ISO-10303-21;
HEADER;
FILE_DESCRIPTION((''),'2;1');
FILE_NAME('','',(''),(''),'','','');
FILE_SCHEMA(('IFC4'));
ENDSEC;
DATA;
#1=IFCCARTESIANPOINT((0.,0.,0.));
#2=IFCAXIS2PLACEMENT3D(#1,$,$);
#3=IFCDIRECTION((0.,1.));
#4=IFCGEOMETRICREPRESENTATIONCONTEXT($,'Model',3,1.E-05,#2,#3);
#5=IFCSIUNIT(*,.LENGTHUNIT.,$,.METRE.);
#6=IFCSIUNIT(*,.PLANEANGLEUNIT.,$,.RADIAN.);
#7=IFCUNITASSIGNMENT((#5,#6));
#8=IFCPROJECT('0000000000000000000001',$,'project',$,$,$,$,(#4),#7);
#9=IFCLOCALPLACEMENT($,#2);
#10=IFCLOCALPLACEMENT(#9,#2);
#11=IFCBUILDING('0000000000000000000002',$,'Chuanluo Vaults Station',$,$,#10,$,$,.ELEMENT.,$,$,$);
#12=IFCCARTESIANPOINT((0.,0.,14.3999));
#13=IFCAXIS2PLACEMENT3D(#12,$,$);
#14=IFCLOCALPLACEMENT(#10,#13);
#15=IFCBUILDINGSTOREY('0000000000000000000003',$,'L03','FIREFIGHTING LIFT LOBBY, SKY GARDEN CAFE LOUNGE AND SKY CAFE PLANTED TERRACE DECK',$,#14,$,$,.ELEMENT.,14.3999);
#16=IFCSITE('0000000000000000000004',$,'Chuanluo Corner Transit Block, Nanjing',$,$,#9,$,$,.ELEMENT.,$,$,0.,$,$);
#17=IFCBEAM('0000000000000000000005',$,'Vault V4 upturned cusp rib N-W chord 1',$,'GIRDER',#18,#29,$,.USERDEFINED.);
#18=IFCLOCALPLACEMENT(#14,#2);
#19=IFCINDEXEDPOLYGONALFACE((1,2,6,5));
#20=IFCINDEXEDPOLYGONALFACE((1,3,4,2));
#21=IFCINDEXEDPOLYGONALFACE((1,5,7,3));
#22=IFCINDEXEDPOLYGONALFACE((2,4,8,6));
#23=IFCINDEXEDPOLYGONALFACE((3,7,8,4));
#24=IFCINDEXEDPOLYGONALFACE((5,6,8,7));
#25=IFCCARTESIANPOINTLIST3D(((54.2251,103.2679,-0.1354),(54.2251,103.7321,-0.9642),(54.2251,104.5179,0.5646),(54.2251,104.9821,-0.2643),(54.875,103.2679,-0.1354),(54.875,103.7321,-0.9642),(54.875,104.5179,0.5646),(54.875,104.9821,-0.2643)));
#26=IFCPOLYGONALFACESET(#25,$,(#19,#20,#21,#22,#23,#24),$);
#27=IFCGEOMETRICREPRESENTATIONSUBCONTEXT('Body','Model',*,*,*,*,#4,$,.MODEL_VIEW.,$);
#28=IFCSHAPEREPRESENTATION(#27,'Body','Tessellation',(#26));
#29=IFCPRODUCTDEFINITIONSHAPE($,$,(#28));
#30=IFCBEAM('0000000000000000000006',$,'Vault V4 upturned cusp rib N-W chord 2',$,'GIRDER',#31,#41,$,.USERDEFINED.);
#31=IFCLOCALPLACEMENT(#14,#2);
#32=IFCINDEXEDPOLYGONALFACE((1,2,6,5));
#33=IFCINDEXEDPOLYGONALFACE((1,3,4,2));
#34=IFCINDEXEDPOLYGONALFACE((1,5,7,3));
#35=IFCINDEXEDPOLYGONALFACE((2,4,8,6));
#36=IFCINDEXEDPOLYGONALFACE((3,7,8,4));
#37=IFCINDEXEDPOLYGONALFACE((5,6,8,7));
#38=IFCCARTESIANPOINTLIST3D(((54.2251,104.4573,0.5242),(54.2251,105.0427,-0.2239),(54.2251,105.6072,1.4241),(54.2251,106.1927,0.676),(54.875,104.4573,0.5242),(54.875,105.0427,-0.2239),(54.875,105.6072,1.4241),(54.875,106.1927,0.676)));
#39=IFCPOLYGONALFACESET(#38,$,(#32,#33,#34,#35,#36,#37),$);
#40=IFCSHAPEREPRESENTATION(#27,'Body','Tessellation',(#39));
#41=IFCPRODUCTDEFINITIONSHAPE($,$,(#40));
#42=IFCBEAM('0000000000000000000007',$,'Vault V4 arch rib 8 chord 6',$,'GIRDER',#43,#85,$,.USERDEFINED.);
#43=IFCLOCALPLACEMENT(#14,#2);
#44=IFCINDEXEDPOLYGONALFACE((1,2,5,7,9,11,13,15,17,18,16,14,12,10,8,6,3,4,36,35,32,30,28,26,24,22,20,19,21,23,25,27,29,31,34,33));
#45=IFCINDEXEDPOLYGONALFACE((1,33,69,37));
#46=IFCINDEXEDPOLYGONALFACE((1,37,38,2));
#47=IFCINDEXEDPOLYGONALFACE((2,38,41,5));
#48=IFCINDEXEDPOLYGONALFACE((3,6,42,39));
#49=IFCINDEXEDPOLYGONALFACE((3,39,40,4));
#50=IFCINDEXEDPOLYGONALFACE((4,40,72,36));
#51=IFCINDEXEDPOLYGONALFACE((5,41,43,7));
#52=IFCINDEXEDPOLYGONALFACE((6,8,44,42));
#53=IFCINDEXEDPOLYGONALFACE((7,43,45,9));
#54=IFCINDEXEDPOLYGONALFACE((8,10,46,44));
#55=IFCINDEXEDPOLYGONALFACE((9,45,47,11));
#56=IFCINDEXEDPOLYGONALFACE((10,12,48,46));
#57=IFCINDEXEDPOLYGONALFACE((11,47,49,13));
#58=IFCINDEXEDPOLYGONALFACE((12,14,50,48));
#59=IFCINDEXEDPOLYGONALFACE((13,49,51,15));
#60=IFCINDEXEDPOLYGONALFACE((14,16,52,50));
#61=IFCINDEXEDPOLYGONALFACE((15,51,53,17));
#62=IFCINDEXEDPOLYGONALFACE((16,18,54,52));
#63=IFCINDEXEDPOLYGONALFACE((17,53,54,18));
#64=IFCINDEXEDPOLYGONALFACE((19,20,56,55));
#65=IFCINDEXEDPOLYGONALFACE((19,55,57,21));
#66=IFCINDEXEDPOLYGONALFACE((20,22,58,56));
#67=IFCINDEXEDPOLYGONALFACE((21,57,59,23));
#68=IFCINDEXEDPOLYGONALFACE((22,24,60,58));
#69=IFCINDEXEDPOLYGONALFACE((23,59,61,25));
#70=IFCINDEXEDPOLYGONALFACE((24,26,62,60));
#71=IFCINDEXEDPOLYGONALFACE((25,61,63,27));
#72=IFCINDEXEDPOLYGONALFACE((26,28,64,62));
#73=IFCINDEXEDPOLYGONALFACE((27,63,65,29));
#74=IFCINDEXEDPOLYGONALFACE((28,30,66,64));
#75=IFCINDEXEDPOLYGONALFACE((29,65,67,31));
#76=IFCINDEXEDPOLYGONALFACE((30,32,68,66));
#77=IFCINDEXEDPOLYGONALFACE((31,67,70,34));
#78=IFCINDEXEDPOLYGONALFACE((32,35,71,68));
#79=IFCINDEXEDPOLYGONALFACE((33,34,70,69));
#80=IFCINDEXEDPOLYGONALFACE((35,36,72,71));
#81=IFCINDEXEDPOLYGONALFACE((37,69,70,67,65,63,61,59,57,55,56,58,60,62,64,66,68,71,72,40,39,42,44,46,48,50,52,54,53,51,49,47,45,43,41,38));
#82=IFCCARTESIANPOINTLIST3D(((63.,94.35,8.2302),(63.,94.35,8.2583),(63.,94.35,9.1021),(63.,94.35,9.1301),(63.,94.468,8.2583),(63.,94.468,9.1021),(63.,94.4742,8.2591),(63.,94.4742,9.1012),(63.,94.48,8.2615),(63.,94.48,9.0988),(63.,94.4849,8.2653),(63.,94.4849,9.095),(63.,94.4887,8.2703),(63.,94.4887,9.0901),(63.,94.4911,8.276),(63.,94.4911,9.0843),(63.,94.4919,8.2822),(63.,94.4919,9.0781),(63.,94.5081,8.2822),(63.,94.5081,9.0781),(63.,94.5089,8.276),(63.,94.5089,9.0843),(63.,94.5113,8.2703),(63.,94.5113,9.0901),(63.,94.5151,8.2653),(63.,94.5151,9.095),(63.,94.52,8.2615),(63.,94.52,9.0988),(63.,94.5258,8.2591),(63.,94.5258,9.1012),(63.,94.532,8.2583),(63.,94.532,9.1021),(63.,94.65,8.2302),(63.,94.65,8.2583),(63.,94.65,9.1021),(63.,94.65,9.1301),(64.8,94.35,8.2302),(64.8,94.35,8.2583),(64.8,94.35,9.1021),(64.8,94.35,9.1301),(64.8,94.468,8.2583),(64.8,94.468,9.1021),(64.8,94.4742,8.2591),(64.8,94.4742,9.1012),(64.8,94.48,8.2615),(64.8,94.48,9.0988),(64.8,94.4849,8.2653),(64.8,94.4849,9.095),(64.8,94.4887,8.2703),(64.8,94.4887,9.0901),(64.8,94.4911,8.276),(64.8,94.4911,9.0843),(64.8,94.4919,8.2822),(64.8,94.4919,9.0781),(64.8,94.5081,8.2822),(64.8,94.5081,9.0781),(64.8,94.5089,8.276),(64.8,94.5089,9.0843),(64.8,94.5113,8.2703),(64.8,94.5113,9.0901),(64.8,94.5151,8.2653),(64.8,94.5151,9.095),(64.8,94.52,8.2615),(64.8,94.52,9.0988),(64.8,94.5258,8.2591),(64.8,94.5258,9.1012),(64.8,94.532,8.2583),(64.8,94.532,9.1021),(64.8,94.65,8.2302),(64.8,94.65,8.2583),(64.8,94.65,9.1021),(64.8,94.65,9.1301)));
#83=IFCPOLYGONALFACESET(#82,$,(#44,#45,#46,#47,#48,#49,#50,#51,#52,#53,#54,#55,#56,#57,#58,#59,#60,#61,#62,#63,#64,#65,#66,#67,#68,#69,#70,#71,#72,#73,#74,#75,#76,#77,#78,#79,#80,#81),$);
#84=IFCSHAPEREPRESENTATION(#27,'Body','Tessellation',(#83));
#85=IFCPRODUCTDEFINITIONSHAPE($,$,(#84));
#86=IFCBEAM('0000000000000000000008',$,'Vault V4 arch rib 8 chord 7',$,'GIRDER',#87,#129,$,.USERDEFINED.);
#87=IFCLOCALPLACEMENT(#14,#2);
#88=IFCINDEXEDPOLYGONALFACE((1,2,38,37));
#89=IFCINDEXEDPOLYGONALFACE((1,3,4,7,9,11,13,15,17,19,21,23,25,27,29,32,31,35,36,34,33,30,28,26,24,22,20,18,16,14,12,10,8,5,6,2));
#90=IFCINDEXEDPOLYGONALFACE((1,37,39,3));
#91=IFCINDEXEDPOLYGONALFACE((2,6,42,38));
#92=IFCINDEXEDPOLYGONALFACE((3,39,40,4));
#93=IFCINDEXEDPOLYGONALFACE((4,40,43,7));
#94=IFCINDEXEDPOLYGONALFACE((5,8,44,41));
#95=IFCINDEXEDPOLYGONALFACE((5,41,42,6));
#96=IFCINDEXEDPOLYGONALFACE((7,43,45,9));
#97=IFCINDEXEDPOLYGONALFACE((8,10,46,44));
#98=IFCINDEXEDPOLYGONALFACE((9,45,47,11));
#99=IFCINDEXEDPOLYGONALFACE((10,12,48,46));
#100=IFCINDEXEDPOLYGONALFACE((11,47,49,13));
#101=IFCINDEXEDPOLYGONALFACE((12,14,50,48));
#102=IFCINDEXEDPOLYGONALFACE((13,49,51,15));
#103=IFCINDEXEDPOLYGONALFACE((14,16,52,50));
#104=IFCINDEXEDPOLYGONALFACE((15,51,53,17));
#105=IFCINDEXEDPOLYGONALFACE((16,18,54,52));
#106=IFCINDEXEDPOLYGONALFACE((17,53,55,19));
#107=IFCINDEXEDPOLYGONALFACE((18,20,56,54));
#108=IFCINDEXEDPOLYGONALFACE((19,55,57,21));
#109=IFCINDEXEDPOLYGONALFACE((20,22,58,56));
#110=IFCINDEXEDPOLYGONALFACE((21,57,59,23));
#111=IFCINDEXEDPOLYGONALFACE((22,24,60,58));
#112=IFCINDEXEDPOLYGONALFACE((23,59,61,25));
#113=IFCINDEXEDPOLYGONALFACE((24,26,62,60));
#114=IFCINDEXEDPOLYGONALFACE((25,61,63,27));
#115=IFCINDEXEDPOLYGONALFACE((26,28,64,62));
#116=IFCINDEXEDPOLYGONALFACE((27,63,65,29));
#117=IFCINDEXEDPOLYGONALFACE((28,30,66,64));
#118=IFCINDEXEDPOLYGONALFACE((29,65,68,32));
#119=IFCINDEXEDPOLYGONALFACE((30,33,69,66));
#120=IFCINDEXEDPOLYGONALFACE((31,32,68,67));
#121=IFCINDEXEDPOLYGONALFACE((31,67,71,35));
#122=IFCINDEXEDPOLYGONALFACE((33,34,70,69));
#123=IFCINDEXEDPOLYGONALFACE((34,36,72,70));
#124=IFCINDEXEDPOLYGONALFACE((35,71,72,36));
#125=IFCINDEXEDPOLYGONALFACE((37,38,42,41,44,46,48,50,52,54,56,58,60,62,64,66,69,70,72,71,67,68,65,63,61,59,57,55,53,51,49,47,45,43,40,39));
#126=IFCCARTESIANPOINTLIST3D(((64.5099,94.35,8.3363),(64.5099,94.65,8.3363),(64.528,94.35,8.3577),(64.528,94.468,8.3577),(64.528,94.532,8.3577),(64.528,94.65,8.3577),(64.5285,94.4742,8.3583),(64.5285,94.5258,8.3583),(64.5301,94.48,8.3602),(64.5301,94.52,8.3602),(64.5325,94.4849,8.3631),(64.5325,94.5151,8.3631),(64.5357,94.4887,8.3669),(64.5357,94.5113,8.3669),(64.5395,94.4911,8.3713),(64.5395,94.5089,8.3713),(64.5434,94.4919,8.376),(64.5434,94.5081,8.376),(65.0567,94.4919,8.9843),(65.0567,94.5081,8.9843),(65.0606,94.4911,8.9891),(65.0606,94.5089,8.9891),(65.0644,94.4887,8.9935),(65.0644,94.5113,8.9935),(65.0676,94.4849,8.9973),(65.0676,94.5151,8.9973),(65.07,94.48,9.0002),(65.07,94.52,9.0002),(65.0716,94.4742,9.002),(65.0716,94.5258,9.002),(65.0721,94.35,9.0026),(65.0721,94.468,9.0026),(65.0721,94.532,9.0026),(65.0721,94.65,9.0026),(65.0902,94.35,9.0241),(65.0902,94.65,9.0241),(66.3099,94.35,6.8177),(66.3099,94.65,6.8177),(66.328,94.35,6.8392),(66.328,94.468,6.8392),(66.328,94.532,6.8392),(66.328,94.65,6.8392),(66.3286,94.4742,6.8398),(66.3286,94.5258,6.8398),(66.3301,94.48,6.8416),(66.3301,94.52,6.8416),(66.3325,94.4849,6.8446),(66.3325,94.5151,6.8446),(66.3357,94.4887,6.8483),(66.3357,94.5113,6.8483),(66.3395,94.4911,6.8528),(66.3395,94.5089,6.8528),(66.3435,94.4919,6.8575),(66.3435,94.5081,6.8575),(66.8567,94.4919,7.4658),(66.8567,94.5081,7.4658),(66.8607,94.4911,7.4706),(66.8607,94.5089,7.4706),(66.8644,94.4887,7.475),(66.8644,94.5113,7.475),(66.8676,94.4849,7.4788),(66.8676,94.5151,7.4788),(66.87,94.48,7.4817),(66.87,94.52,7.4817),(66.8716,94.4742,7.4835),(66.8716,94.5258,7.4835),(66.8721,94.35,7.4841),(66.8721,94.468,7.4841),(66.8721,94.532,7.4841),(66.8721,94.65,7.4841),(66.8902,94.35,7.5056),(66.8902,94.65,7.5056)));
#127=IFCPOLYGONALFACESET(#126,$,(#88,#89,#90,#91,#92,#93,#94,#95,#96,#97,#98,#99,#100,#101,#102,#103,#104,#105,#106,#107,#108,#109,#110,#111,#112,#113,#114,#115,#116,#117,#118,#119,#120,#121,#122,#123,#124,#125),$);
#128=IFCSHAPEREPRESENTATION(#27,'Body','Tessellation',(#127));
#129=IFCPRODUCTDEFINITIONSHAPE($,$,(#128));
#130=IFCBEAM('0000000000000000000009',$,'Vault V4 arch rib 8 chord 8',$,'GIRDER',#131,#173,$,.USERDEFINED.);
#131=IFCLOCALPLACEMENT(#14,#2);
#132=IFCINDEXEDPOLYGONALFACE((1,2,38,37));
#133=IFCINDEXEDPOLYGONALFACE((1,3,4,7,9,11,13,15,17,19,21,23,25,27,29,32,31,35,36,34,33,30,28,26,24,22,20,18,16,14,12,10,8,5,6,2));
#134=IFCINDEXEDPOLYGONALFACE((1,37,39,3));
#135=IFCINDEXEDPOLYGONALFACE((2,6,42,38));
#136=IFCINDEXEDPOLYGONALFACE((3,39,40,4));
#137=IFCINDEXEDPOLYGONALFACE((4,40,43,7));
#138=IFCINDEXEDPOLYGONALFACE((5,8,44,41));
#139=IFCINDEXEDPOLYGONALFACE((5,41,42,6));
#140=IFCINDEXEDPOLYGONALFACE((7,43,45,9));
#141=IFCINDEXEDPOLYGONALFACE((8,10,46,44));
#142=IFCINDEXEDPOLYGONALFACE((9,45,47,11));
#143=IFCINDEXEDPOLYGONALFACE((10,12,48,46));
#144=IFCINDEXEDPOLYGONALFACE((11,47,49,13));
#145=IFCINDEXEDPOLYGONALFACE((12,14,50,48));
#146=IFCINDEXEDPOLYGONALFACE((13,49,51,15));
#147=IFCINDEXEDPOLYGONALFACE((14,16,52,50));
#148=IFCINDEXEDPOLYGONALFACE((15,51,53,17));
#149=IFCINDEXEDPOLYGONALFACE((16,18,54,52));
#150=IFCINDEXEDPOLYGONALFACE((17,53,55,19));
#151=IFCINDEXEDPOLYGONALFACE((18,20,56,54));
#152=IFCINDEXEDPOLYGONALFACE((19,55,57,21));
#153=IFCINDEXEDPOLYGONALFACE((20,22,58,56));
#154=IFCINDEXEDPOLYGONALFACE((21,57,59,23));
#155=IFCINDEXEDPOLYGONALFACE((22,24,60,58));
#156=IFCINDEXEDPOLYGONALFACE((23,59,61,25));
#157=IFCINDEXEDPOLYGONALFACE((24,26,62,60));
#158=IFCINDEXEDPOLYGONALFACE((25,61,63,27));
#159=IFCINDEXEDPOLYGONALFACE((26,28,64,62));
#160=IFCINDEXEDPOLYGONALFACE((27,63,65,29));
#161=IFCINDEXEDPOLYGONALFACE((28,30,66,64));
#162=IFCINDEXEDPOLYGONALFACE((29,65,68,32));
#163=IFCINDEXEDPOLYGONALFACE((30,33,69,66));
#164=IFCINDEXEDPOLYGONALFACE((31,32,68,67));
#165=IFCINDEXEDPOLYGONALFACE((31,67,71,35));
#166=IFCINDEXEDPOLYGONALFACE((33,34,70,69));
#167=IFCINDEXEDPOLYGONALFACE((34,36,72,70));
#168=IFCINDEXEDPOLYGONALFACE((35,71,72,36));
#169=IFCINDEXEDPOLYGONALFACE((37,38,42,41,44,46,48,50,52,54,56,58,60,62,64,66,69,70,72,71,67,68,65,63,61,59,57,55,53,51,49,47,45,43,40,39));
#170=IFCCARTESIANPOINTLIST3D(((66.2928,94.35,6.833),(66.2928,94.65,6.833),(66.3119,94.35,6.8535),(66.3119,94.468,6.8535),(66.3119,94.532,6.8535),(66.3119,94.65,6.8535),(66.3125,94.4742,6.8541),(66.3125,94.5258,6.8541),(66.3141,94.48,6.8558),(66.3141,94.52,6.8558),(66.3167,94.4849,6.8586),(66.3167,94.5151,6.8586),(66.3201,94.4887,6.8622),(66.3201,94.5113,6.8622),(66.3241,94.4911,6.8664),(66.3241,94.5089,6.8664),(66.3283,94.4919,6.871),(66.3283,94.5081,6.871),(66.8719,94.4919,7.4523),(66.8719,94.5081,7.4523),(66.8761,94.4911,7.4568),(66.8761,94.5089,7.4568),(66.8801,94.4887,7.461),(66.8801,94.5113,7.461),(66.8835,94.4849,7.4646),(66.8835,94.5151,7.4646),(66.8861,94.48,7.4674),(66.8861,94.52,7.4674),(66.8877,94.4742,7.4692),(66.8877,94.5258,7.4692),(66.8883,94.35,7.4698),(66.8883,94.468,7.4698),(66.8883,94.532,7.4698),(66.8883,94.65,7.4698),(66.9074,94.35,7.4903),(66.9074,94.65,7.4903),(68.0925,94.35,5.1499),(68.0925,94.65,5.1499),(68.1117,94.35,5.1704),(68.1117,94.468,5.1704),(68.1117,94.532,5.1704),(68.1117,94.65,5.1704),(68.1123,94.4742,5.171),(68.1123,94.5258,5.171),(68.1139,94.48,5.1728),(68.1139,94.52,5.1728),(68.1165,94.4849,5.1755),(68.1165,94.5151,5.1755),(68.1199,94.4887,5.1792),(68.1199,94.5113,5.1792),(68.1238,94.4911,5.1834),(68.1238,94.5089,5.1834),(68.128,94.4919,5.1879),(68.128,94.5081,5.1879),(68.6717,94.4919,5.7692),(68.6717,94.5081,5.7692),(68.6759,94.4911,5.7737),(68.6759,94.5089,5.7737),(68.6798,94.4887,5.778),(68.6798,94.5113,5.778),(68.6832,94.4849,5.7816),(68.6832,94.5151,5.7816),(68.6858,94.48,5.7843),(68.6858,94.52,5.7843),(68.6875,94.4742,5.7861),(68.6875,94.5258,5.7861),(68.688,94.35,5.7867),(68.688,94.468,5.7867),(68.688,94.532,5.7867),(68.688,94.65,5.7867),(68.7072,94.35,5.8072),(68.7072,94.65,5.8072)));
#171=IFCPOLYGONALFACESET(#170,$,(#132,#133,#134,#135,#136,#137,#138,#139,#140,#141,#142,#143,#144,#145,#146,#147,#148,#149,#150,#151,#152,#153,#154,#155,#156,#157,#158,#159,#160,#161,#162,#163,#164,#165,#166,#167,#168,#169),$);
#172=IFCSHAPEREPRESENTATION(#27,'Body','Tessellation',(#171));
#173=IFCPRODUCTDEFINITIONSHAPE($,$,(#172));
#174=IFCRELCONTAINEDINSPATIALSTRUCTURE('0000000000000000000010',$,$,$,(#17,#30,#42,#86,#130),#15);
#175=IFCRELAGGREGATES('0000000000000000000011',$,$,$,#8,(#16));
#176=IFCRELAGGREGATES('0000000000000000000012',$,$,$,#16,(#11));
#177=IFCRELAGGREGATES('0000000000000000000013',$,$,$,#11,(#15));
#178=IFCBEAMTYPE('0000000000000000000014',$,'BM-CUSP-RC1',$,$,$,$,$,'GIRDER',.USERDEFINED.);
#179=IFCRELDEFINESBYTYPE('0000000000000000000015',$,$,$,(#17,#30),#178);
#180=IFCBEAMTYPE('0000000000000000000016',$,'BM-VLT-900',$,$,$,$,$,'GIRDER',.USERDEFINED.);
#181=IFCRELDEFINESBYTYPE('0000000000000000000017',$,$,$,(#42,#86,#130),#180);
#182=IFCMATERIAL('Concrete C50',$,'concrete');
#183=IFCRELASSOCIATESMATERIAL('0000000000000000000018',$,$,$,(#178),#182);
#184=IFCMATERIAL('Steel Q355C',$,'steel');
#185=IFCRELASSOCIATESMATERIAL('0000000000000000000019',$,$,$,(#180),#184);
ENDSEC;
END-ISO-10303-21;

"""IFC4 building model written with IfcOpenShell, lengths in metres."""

from ifc_helpers import new_model, si_unit, direction, frame, origin, origin_2d, place, context, subcontext, project, spatial, rectangle, i_section, extrude, material, material_profile, profile_set, type_object, element, save


model = new_model("IFC4")

# Units and contexts
model_context = context("Model", 3, precision=1e-05, world=origin(), true_north=direction((0.0, 1.0)))
body_context = subcontext(model_context, "Body", "Model", "MODEL_VIEW")
ifc_project = project(units=[si_unit("LENGTHUNIT", "METRE"), si_unit("PLANEANGLEUNIT", "RADIAN")], contexts=[model_context])

# Site, building, storey
site_placement = place(None, origin())
site = spatial("IfcSite", under=ifc_project, at=site_placement, Name="Chuanluo Corner Transit Block, Nanjing", CompositionType="ELEMENT", RefElevation=0.0)
building_placement = place(site_placement, origin())
building = spatial("IfcBuilding", under=site, at=building_placement, Name="Chuanluo Vaults Station", CompositionType="ELEMENT")
storey_placement = place(building_placement, frame((0.0, 0.0, 14.3999)))
storey = spatial("IfcBuildingStorey", under=building, at=storey_placement, Name="L03", Description="FIREFIGHTING LIFT LOBBY, SKY GARDEN CAFE LOUNGE AND SKY CAFE PLANTED TERRACE DECK", CompositionType="ELEMENT", Elevation=14.3999)

# Beams
ifc_material_1 = material(Name="Concrete C50", Category="concrete")
ifc_material_profile_1 = material_profile(ifc_material_1, rectangle(XDim=0.6499, YDim=0.95, at=origin_2d()))
ifc_profile_set_1 = profile_set([ifc_material_profile_1], Name="Concrete C50")
beam_type_1 = type_object("IfcBeamType", Name="BM-CUSP-RC1", ElementType="GIRDER", PredefinedType="USERDEFINED", material=ifc_profile_set_1)
beam_1_placement = place(storey_placement, frame((54.55, 103.5, -0.5498), z_axis=(0.0, 0.872521, 0.488577), x_axis=(-1.0, 0.0, 0.0)))
element("IfcBeam", 1, at=beam_1_placement, inside=storey, type_object=beam_type_1, Name="Vault V4 upturned cusp rib N-W chord 1", ObjectType="GIRDER", PredefinedType="USERDEFINED", context=body_context, shape_type="SweptSolid", body=[
    extrude(rectangle(XDim=0.6499, YDim=0.95, at=origin_2d()), origin(), (0.0, 0.0, 1.0), 1.4326),
])
beam_2_placement = place(storey_placement, frame((54.55, 104.75, 0.1501), z_axis=(0.0, 0.787512, 0.616299), x_axis=(-1.0, 0.0, 0.0)))
element("IfcBeam", 2, at=beam_2_placement, inside=storey, type_object=beam_type_1, Name="Vault V4 upturned cusp rib N-W chord 2", ObjectType="GIRDER", PredefinedType="USERDEFINED", context=body_context, shape_type="SweptSolid", body=[
    extrude(rectangle(XDim=0.6499, YDim=0.95, at=origin_2d()), origin(), (0.0, 0.0, 1.0), 1.4602),
])
ifc_material_2 = material(Name="Steel Q355C", Category="steel")
ifc_material_profile_2 = material_profile(ifc_material_2, i_section(OverallWidth=0.3, OverallDepth=0.8999, WebThickness=0.0161, FlangeThickness=0.0281, FilletRadius=0.0239, at=origin_2d()))
ifc_profile_set_2 = profile_set([ifc_material_profile_2], Name="Steel Q355C")
beam_type_2 = type_object("IfcBeamType", Name="BM-VLT-900", ElementType="GIRDER", PredefinedType="USERDEFINED", material=ifc_profile_set_2)
beam_3_placement = place(storey_placement, frame((63.0, 94.5, 8.6802), z_axis=(1.0, 0.0, 0.0), x_axis=(0.0, 1.0, 0.0)))
element("IfcBeam", 3, at=beam_3_placement, inside=storey, type_object=beam_type_2, Name="Vault V4 arch rib 8 chord 6", ObjectType="GIRDER", PredefinedType="USERDEFINED", context=body_context, shape_type="SweptSolid", body=[
    extrude(i_section(OverallWidth=0.3, OverallDepth=0.8999, WebThickness=0.0161, FlangeThickness=0.0281, FilletRadius=0.0239, at=origin_2d()), origin(), (0.0, 0.0, 1.0), 1.8),
])
beam_4_placement = place(storey_placement, frame((64.8, 94.5, 8.6802), z_axis=(0.764341, 0.0, -0.644812), x_axis=(0.0, 1.0, 0.0)))
element("IfcBeam", 4, at=beam_4_placement, inside=storey, type_object=beam_type_2, Name="Vault V4 arch rib 8 chord 7", ObjectType="GIRDER", PredefinedType="USERDEFINED", context=body_context, shape_type="SweptSolid", body=[
    extrude(i_section(OverallWidth=0.3, OverallDepth=0.8999, WebThickness=0.0161, FlangeThickness=0.0281, FilletRadius=0.0239, at=origin_2d()), origin(), (0.0, 0.0, 1.0), 2.355),
])
beam_5_placement = place(storey_placement, frame((66.6001, 94.5, 7.1616), z_axis=(0.730389, 0.0, -0.683031), x_axis=(0.0, 1.0, 0.0)))
element("IfcBeam", 5, at=beam_5_placement, inside=storey, type_object=beam_type_2, Name="Vault V4 arch rib 8 chord 8", ObjectType="GIRDER", PredefinedType="USERDEFINED", context=body_context, shape_type="SweptSolid", body=[
    extrude(i_section(OverallWidth=0.3, OverallDepth=0.8999, WebThickness=0.0161, FlangeThickness=0.0281, FilletRadius=0.0239, at=origin_2d()), origin(), (0.0, 0.0, 1.0), 2.4641),
])

save(model, "model.ifc")
